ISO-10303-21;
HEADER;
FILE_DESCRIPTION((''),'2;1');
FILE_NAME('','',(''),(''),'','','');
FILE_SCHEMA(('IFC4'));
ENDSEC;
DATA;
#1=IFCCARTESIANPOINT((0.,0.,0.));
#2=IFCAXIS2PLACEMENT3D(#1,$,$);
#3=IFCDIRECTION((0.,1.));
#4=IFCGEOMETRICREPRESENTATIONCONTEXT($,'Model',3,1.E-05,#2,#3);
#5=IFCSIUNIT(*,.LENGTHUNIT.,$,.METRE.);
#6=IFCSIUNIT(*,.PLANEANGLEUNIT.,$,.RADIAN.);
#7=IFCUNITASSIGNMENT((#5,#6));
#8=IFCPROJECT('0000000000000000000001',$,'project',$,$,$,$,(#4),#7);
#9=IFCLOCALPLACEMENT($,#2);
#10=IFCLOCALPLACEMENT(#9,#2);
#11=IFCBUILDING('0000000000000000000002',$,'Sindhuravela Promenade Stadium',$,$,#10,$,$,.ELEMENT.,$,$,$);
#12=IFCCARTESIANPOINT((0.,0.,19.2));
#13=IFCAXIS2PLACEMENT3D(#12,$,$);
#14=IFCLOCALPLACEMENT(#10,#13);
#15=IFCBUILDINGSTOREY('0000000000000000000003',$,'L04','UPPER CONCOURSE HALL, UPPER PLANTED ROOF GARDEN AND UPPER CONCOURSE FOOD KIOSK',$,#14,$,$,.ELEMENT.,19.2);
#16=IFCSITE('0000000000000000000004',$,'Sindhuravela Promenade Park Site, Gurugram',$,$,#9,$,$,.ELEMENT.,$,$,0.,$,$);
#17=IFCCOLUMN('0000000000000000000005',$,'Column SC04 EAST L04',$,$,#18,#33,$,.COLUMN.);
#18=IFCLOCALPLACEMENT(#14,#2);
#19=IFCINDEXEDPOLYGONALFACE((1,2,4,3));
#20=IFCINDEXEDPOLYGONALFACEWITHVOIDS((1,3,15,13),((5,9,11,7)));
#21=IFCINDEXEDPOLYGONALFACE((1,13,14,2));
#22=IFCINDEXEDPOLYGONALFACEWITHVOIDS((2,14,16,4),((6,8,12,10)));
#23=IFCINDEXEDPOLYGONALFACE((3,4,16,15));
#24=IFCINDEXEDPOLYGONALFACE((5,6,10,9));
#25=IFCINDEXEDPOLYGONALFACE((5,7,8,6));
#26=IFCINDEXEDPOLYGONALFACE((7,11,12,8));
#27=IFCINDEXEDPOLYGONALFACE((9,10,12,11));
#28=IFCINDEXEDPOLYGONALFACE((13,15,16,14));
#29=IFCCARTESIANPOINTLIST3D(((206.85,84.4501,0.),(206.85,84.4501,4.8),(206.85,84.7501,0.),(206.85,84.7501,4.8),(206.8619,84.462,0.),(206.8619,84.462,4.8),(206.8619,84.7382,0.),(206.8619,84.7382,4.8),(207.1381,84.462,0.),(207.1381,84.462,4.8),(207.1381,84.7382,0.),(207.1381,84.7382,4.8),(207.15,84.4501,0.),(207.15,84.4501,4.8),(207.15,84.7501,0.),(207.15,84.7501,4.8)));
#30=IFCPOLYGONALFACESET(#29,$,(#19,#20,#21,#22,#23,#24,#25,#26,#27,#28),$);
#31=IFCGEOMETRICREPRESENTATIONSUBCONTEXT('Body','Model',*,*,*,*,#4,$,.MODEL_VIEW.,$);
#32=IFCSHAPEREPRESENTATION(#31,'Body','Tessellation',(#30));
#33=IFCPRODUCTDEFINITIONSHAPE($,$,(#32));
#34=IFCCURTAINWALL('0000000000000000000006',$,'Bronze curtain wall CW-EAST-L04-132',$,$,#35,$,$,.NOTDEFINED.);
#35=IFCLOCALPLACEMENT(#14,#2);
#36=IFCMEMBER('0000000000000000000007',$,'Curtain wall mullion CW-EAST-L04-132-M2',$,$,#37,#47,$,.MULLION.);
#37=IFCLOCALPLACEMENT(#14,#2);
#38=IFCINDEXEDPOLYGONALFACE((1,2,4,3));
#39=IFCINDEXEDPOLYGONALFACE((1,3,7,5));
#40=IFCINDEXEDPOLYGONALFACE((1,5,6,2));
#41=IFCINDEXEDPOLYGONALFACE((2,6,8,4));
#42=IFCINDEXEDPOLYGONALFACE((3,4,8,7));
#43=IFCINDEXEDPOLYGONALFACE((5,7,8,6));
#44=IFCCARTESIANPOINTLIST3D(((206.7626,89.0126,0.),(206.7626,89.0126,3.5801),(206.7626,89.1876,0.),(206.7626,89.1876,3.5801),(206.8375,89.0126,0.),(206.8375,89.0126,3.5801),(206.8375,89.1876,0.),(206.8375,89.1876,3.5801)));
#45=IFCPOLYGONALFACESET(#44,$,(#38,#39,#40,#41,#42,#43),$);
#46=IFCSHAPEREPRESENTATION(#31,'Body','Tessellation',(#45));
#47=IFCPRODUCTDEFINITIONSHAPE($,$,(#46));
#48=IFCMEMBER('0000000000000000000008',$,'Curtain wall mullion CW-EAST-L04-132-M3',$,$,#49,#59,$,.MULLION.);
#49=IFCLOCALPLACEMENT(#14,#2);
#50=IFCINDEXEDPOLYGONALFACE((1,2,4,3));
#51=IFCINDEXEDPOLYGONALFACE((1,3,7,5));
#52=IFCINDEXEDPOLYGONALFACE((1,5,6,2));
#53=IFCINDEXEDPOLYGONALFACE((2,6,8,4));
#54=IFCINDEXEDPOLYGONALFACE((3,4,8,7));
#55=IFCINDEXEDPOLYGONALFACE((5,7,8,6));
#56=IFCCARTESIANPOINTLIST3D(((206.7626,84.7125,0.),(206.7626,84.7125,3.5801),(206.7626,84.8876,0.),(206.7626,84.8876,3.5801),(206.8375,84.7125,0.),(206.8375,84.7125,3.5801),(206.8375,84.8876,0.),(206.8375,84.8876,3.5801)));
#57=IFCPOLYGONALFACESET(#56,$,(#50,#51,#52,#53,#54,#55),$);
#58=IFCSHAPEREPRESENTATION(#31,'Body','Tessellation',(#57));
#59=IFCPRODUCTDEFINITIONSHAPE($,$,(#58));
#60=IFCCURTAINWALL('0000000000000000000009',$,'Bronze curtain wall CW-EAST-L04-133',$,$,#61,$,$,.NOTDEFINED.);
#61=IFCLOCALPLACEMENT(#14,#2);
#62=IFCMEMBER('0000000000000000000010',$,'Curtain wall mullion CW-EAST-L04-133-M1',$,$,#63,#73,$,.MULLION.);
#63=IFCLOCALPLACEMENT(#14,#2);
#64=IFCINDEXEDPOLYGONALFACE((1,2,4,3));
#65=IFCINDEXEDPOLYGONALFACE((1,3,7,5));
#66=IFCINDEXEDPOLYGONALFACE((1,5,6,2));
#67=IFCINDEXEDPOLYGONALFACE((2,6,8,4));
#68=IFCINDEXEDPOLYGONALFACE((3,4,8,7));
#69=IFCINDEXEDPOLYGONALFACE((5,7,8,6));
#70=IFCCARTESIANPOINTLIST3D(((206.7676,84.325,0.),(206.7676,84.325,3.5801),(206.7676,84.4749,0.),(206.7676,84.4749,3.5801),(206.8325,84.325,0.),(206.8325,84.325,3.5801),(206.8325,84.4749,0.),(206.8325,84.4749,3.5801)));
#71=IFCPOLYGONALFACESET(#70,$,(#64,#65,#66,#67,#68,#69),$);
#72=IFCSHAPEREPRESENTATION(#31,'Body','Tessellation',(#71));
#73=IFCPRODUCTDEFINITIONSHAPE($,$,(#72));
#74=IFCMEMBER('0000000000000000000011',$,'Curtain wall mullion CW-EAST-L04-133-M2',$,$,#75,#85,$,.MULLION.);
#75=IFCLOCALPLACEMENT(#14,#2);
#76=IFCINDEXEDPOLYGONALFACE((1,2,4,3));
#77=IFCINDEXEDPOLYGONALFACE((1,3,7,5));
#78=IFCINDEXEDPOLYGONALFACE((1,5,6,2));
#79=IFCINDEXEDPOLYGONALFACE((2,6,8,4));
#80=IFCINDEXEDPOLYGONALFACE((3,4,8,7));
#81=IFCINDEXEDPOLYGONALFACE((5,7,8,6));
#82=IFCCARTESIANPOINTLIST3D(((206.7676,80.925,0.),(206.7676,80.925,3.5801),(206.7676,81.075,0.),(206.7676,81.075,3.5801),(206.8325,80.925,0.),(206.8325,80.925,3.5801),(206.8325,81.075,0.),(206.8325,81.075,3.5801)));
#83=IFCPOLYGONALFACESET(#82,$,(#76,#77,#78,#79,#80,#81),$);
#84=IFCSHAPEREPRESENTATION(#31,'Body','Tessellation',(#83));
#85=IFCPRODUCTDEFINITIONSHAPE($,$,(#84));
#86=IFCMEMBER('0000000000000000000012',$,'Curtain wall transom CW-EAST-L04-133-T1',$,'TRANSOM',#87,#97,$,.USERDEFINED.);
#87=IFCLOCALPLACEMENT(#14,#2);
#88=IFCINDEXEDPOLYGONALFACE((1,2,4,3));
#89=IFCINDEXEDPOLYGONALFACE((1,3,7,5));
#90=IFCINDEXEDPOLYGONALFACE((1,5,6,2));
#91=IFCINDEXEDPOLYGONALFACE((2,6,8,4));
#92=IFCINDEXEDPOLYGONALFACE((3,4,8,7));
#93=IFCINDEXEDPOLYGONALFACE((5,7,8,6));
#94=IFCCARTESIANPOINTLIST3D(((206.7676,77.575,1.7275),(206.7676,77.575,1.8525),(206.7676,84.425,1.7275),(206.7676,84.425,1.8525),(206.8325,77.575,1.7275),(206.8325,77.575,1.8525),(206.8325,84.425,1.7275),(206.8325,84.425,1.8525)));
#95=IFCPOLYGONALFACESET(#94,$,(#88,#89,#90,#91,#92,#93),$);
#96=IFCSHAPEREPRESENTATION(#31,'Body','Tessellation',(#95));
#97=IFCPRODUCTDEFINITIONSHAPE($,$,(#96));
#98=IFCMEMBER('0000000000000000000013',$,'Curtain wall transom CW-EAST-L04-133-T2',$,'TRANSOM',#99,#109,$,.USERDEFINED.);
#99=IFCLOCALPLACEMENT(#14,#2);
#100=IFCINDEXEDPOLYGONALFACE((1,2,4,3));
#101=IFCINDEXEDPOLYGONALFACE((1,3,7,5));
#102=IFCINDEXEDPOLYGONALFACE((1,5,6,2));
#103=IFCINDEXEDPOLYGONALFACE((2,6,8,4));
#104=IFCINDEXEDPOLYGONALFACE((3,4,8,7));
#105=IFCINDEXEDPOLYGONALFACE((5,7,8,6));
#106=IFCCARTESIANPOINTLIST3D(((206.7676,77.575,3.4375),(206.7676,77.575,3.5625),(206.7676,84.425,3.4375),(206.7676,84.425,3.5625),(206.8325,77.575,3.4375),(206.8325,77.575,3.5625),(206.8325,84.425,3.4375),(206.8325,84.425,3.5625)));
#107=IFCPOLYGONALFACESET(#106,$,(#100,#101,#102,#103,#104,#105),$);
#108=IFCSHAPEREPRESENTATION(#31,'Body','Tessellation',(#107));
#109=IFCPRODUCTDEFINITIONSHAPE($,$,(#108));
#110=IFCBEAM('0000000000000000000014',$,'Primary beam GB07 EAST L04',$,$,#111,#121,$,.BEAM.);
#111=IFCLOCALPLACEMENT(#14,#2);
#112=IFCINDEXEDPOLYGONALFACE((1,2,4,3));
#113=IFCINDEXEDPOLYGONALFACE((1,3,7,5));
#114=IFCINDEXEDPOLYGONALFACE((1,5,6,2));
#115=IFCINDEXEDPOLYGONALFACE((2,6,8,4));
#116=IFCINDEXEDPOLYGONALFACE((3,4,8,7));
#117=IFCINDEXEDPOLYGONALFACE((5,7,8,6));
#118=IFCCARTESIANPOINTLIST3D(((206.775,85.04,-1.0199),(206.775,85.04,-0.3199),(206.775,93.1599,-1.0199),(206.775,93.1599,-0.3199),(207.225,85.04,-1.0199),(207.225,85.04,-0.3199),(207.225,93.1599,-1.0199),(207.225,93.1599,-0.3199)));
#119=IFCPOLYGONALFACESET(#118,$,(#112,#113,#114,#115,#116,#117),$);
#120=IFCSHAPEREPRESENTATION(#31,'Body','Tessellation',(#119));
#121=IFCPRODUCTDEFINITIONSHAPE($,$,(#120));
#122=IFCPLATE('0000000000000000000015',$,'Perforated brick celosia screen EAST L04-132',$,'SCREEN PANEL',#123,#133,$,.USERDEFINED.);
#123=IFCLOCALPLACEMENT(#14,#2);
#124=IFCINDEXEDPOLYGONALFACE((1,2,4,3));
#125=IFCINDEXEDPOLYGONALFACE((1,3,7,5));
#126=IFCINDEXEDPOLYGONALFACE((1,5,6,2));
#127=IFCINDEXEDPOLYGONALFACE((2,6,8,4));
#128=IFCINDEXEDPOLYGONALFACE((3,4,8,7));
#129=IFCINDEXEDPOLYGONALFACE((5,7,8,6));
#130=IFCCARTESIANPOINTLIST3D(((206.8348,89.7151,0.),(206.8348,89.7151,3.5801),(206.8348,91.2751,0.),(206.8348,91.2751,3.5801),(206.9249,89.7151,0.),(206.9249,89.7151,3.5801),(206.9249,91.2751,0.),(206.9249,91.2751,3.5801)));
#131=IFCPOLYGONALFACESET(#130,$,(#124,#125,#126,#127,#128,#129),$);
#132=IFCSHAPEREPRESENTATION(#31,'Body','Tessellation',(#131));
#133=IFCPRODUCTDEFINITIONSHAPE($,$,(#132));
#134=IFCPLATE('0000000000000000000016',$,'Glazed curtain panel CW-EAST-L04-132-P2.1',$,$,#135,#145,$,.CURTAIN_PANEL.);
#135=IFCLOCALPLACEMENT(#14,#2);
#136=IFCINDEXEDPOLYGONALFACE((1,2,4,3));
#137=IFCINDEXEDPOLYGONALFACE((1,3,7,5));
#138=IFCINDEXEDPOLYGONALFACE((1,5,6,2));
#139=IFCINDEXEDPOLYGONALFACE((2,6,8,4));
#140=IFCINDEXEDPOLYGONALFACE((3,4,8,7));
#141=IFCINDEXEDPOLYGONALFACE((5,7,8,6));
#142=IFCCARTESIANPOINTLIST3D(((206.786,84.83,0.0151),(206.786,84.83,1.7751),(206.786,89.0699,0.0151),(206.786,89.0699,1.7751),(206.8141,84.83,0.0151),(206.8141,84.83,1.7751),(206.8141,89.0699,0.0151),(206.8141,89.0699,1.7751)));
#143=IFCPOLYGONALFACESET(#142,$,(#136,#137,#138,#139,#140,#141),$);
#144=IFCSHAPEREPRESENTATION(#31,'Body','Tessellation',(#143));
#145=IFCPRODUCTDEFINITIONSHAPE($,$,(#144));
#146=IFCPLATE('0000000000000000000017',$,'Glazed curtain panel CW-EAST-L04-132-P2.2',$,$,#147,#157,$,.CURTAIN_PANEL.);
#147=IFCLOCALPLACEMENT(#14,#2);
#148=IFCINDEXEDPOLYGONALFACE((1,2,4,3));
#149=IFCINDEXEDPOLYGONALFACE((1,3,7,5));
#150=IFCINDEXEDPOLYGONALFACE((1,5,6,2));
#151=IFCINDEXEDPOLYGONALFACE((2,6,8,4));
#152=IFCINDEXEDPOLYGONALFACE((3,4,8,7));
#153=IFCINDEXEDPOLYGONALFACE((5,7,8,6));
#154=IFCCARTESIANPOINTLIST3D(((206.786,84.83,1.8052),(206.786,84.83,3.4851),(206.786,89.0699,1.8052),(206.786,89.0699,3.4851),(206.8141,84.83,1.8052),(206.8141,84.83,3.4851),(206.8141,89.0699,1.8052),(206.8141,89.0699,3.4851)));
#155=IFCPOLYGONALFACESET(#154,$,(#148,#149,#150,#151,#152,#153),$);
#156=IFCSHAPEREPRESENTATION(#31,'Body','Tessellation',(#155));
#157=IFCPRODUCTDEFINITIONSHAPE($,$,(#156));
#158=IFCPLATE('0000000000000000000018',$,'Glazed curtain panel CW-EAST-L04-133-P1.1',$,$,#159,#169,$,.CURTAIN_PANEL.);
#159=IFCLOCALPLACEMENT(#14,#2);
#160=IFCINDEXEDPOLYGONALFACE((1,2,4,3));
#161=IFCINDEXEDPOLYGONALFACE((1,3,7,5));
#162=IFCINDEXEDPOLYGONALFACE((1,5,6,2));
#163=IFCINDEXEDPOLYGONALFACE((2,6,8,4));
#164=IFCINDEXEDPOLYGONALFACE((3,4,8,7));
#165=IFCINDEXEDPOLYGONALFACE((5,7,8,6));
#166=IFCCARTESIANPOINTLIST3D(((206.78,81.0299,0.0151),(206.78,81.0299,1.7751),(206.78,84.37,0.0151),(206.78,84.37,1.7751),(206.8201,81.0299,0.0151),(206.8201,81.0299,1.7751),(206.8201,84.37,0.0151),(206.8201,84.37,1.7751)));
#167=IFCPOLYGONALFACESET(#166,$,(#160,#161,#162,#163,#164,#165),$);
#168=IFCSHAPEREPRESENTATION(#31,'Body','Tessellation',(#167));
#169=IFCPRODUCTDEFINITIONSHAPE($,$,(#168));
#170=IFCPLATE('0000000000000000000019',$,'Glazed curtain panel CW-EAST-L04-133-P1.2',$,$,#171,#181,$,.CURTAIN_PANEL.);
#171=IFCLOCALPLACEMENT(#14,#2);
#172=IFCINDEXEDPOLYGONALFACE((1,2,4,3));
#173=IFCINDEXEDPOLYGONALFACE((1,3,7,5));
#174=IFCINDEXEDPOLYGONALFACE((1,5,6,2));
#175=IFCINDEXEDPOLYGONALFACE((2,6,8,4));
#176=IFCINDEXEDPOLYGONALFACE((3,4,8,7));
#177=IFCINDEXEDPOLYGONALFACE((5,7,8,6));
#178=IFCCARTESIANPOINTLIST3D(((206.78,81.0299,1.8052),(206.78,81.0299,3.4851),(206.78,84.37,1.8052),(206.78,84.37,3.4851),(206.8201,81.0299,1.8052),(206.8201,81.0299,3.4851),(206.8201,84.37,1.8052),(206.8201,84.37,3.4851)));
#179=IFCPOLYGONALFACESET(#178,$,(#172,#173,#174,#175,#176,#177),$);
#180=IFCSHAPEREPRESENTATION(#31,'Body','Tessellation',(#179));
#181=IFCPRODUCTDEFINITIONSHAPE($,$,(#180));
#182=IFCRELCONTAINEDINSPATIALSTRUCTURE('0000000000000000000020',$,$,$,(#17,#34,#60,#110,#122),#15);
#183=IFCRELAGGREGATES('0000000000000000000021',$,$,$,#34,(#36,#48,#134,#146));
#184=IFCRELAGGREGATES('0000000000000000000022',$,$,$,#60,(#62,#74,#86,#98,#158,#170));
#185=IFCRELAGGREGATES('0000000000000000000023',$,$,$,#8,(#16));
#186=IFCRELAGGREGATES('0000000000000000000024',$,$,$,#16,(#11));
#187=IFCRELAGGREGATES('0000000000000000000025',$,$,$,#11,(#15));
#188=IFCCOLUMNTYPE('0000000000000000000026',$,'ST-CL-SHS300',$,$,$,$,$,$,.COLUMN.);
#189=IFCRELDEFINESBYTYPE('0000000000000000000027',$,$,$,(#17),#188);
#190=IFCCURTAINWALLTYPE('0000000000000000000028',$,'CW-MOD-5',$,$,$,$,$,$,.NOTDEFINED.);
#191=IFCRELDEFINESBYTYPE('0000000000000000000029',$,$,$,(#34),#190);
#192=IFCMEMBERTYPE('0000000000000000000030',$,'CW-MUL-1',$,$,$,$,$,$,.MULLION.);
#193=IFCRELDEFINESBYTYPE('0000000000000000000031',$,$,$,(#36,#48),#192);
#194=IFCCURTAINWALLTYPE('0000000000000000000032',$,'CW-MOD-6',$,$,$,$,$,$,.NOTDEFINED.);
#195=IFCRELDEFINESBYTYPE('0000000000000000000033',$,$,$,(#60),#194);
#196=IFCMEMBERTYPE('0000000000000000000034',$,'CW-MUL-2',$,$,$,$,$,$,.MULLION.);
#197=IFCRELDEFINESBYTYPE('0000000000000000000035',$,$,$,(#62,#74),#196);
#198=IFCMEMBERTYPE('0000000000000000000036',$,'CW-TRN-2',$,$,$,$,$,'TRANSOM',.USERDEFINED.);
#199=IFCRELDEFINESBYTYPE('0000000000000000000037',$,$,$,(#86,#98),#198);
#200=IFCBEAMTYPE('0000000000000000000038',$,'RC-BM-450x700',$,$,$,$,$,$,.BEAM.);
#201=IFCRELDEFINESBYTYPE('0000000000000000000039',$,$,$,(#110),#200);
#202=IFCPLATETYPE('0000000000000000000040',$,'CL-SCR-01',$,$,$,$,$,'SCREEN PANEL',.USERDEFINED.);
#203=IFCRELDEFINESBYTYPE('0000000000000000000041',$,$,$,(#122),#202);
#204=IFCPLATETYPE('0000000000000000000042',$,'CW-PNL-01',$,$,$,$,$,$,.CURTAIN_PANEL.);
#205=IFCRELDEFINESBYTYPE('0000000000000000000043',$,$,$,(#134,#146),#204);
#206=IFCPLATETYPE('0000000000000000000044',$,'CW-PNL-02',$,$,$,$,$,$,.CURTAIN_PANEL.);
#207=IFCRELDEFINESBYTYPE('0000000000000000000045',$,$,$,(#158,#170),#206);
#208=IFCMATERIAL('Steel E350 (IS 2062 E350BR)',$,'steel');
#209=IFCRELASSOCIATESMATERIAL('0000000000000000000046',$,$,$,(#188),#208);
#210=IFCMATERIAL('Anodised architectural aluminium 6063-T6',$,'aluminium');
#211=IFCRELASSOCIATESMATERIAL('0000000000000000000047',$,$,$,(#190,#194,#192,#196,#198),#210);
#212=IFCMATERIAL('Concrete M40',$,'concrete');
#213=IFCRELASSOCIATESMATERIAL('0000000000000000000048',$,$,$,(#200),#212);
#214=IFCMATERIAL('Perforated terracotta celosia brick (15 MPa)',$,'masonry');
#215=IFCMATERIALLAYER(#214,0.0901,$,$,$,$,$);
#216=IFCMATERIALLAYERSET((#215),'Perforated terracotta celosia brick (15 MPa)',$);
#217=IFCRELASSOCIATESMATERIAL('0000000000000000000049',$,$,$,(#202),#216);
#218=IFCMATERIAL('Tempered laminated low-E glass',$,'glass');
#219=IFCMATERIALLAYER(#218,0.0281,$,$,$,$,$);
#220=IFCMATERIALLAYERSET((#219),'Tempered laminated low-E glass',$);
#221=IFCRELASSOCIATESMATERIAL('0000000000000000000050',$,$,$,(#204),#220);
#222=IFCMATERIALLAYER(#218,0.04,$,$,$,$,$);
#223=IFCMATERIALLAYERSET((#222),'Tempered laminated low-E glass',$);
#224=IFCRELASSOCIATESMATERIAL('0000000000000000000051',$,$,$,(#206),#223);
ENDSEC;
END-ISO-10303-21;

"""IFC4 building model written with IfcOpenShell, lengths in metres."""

from ifc_helpers import new_model, si_unit, direction, frame, origin, origin_2d, place, context, subcontext, project, spatial, rectangle, hollow_rectangle, extrude, material, layer, layer_set, material_profile, profile_set, type_object, element, aggregate, save


model = new_model("IFC4")

# Units and contexts
model_context = context("Model", 3, precision=1e-05, world=origin(), true_north=direction((0.0, 1.0)))
body_context = subcontext(model_context, "Body", "Model", "MODEL_VIEW")
ifc_project = project(units=[si_unit("LENGTHUNIT", "METRE"), si_unit("PLANEANGLEUNIT", "RADIAN")], contexts=[model_context])

# Site, building, storey
site_placement = place(None, origin())
site = spatial("IfcSite", under=ifc_project, at=site_placement, Name="Sindhuravela Promenade Park Site, Gurugram", CompositionType="ELEMENT", RefElevation=0.0)
building_placement = place(site_placement, origin())
building = spatial("IfcBuilding", under=site, at=building_placement, Name="Sindhuravela Promenade Stadium", CompositionType="ELEMENT")
storey_placement = place(building_placement, frame((0.0, 0.0, 19.2)))
storey = spatial("IfcBuildingStorey", under=building, at=storey_placement, Name="L04", Description="UPPER CONCOURSE HALL, UPPER PLANTED ROOF GARDEN AND UPPER CONCOURSE FOOD KIOSK", CompositionType="ELEMENT", Elevation=19.2)

# Column
ifc_material_1 = material(Name="Steel E350 (IS 2062 E350BR)", Category="steel")
ifc_material_profile_1 = material_profile(ifc_material_1, hollow_rectangle(XDim=0.3, YDim=0.3, WallThickness=0.012, at=origin_2d()), Name="SHS 300x300x12")
ifc_profile_set_1 = profile_set([ifc_material_profile_1], Name="Steel E350 (IS 2062 E350BR)")
column_type = type_object("IfcColumnType", Name="ST-CL-SHS300", PredefinedType="COLUMN", material=ifc_profile_set_1)
column_placement = place(storey_placement, frame((207.0, 84.6001, 0.0), z_axis=(0.0, 0.0, 1.0), x_axis=(1.0, 0.0, 0.0)))
element("IfcColumn", 1, at=column_placement, inside=storey, type_object=column_type, Name="Column SC04 EAST L04", PredefinedType="COLUMN", context=body_context, shape_type="SweptSolid", body=[
    extrude(hollow_rectangle(XDim=0.3, YDim=0.3, WallThickness=0.012, at=origin_2d()), origin(), (0.0, 0.0, 1.0), 4.8),
])

# Curtain walls, members
ifc_material_2 = material(Name="Anodised architectural aluminium 6063-T6", Category="aluminium")
curtain_wall_type_1 = type_object("IfcCurtainWallType", Name="CW-MOD-5", PredefinedType="NOTDEFINED", material=ifc_material_2)
curtain_wall_1_placement = place(storey_placement, origin())
curtain_wall_1 = element("IfcCurtainWall", 2, at=curtain_wall_1_placement, inside=storey, type_object=curtain_wall_type_1, Name="Bronze curtain wall CW-EAST-L04-132", PredefinedType="NOTDEFINED")
ifc_material_profile_2 = material_profile(ifc_material_2, rectangle(XDim=0.075, YDim=0.175, at=origin_2d()), Name="ALU MULL 75x175")
ifc_profile_set_2 = profile_set([ifc_material_profile_2], Name="Anodised architectural aluminium 6063-T6")
member_type_1 = type_object("IfcMemberType", Name="CW-MUL-1", PredefinedType="MULLION", material=ifc_profile_set_2)
member_1_placement = place(storey_placement, frame((206.8, 89.1001, 0.0), z_axis=(0.0, 0.0, 1.0), x_axis=(1.0, 0.0, 0.0)))
member_1 = element("IfcMember", 3, at=member_1_placement, type_object=member_type_1, Name="Curtain wall mullion CW-EAST-L04-132-M2", PredefinedType="MULLION", context=body_context, shape_type="SweptSolid", body=[
    extrude(rectangle(XDim=0.075, YDim=0.175, at=origin_2d()), origin(), (0.0, 0.0, 1.0), 3.5801),
])
member_2_placement = place(storey_placement, frame((206.8, 84.8, 0.0), z_axis=(0.0, 0.0, 1.0), x_axis=(1.0, 0.0, 0.0)))
member_2 = element("IfcMember", 4, at=member_2_placement, type_object=member_type_1, Name="Curtain wall mullion CW-EAST-L04-132-M3", PredefinedType="MULLION", context=body_context, shape_type="SweptSolid", body=[
    extrude(rectangle(XDim=0.075, YDim=0.175, at=origin_2d()), origin(), (0.0, 0.0, 1.0), 3.5801),
])
curtain_wall_type_2 = type_object("IfcCurtainWallType", Name="CW-MOD-6", PredefinedType="NOTDEFINED", material=ifc_material_2)
curtain_wall_2_placement = place(storey_placement, origin())
curtain_wall_2 = element("IfcCurtainWall", 5, at=curtain_wall_2_placement, inside=storey, type_object=curtain_wall_type_2, Name="Bronze curtain wall CW-EAST-L04-133", PredefinedType="NOTDEFINED")
ifc_material_profile_3 = material_profile(ifc_material_2, rectangle(XDim=0.0649, YDim=0.1499, at=origin_2d()), Name="ALU MULL 65x150")
ifc_profile_set_3 = profile_set([ifc_material_profile_3], Name="Anodised architectural aluminium 6063-T6")
member_type_2 = type_object("IfcMemberType", Name="CW-MUL-2", PredefinedType="MULLION", material=ifc_profile_set_3)
member_3_placement = place(storey_placement, frame((206.8, 84.3999, 0.0), z_axis=(0.0, 0.0, 1.0), x_axis=(1.0, 0.0, 0.0)))
member_3 = element("IfcMember", 6, at=member_3_placement, type_object=member_type_2, Name="Curtain wall mullion CW-EAST-L04-133-M1", PredefinedType="MULLION", context=body_context, shape_type="SweptSolid", body=[
    extrude(rectangle(XDim=0.0649, YDim=0.1499, at=origin_2d()), origin(), (0.0, 0.0, 1.0), 3.5801),
])
member_4_placement = place(storey_placement, frame((206.8, 81.0, 0.0), z_axis=(0.0, 0.0, 1.0), x_axis=(1.0, 0.0, 0.0)))
member_4 = element("IfcMember", 7, at=member_4_placement, type_object=member_type_2, Name="Curtain wall mullion CW-EAST-L04-133-M2", PredefinedType="MULLION", context=body_context, shape_type="SweptSolid", body=[
    extrude(rectangle(XDim=0.0649, YDim=0.1499, at=origin_2d()), origin(), (0.0, 0.0, 1.0), 3.5801),
])
ifc_material_profile_4 = material_profile(ifc_material_2, rectangle(XDim=0.0649, YDim=0.125, at=origin_2d()), Name="ALU TRAN 65x125")
ifc_profile_set_4 = profile_set([ifc_material_profile_4], Name="Anodised architectural aluminium 6063-T6")
member_type_3 = type_object("IfcMemberType", Name="CW-TRN-2", ElementType="TRANSOM", PredefinedType="USERDEFINED", material=ifc_profile_set_4)
member_5_placement = place(storey_placement, frame((206.8, 84.425, 1.79), z_axis=(0.0, -1.0, 0.0), x_axis=(1.0, 0.0, 0.0)))
member_5 = element("IfcMember", 8, at=member_5_placement, type_object=member_type_3, Name="Curtain wall transom CW-EAST-L04-133-T1", ObjectType="TRANSOM", PredefinedType="USERDEFINED", context=body_context, shape_type="SweptSolid", body=[
    extrude(rectangle(XDim=0.0649, YDim=0.125, at=origin_2d()), origin(), (0.0, 0.0, 1.0), 6.8501),
])
member_6_placement = place(storey_placement, frame((206.8, 84.425, 3.5), z_axis=(0.0, -1.0, 0.0), x_axis=(1.0, 0.0, 0.0)))
member_6 = element("IfcMember", 9, at=member_6_placement, type_object=member_type_3, Name="Curtain wall transom CW-EAST-L04-133-T2", ObjectType="TRANSOM", PredefinedType="USERDEFINED", context=body_context, shape_type="SweptSolid", body=[
    extrude(rectangle(XDim=0.0649, YDim=0.125, at=origin_2d()), origin(), (0.0, 0.0, 1.0), 6.8501),
])

# Beam
ifc_material_3 = material(Name="Concrete M40", Category="concrete")
ifc_material_profile_5 = material_profile(ifc_material_3, rectangle(XDim=0.45, YDim=0.7, at=origin_2d()), Name="RC 450x700")
ifc_profile_set_5 = profile_set([ifc_material_profile_5], Name="Concrete M40")
beam_type = type_object("IfcBeamType", Name="RC-BM-450x700", PredefinedType="BEAM", material=ifc_profile_set_5)
beam_placement = place(storey_placement, frame((207.0, 85.04, -0.6699), z_axis=(0.0, 1.0, 0.0), x_axis=(-1.0, 0.0, 0.0)))
element("IfcBeam", 10, at=beam_placement, inside=storey, type_object=beam_type, Name="Primary beam GB07 EAST L04", PredefinedType="BEAM", context=body_context, shape_type="SweptSolid", body=[
    extrude(rectangle(XDim=0.45, YDim=0.7, at=origin_2d()), origin(), (0.0, 0.0, 1.0), 8.1199),
])

# Plates
ifc_material_4 = material(Name="Perforated terracotta celosia brick (15 MPa)", Category="masonry")
ifc_layer_1 = layer(ifc_material_4, 0.0901)
ifc_layer_set_1 = layer_set([ifc_layer_1], Name="Perforated terracotta celosia brick (15 MPa)")
plate_type_1 = type_object("IfcPlateType", Name="CL-SCR-01", ElementType="SCREEN PANEL", PredefinedType="USERDEFINED", material=ifc_layer_set_1)
plate_1_placement = place(storey_placement, frame((206.8799, 90.4951, 0.0), z_axis=(0.0, 0.0, 1.0), x_axis=(0.0, -1.0, 0.0)))
element("IfcPlate", 11, at=plate_1_placement, inside=storey, type_object=plate_type_1, Name="Perforated brick celosia screen EAST L04-132", ObjectType="SCREEN PANEL", PredefinedType="USERDEFINED", context=body_context, shape_type="SweptSolid", body=[
    extrude(rectangle(XDim=1.5601, YDim=0.0901, at=origin_2d()), origin(), (0.0, 0.0, 1.0), 3.5801),
])
ifc_material_5 = material(Name="Tempered laminated low-E glass", Category="glass")
ifc_layer_2 = layer(ifc_material_5, 0.0281)
ifc_layer_set_2 = layer_set([ifc_layer_2], Name="Tempered laminated low-E glass")
plate_type_2 = type_object("IfcPlateType", Name="CW-PNL-01", PredefinedType="CURTAIN_PANEL", material=ifc_layer_set_2)
plate_2_placement = place(storey_placement, frame((206.8, 86.95, 0.0151), z_axis=(0.0, 0.0, 1.0), x_axis=(0.0, -1.0, 0.0)))
plate_2 = element("IfcPlate", 12, at=plate_2_placement, type_object=plate_type_2, Name="Glazed curtain panel CW-EAST-L04-132-P2.1", PredefinedType="CURTAIN_PANEL", context=body_context, shape_type="SweptSolid", body=[
    extrude(rectangle(XDim=4.24, YDim=0.0281, at=origin_2d()), origin(), (0.0, 0.0, 1.0), 1.76),
])
plate_3_placement = place(storey_placement, frame((206.8, 86.95, 1.8052), z_axis=(0.0, 0.0, 1.0), x_axis=(0.0, -1.0, 0.0)))
plate_3 = element("IfcPlate", 13, at=plate_3_placement, type_object=plate_type_2, Name="Glazed curtain panel CW-EAST-L04-132-P2.2", PredefinedType="CURTAIN_PANEL", context=body_context, shape_type="SweptSolid", body=[
    extrude(rectangle(XDim=4.24, YDim=0.0281, at=origin_2d()), origin(), (0.0, 0.0, 1.0), 1.6799),
])
aggregate(curtain_wall_1, [member_1, member_2, plate_2, plate_3])
ifc_layer_3 = layer(ifc_material_5, 0.04)
ifc_layer_set_3 = layer_set([ifc_layer_3], Name="Tempered laminated low-E glass")
plate_type_3 = type_object("IfcPlateType", Name="CW-PNL-02", PredefinedType="CURTAIN_PANEL", material=ifc_layer_set_3)
plate_4_placement = place(storey_placement, frame((206.8, 82.7, 0.0151), z_axis=(0.0, 0.0, 1.0), x_axis=(0.0, -1.0, 0.0)))
plate_4 = element("IfcPlate", 14, at=plate_4_placement, type_object=plate_type_3, Name="Glazed curtain panel CW-EAST-L04-133-P1.1", PredefinedType="CURTAIN_PANEL", context=body_context, shape_type="SweptSolid", body=[
    extrude(rectangle(XDim=3.3401, YDim=0.04, at=origin_2d()), origin(), (0.0, 0.0, 1.0), 1.76),
])
plate_5_placement = place(storey_placement, frame((206.8, 82.7, 1.8052), z_axis=(0.0, 0.0, 1.0), x_axis=(0.0, -1.0, 0.0)))
plate_5 = element("IfcPlate", 15, at=plate_5_placement, type_object=plate_type_3, Name="Glazed curtain panel CW-EAST-L04-133-P1.2", PredefinedType="CURTAIN_PANEL", context=body_context, shape_type="SweptSolid", body=[
    extrude(rectangle(XDim=3.3401, YDim=0.04, at=origin_2d()), origin(), (0.0, 0.0, 1.0), 1.6799),
])
aggregate(curtain_wall_2, [member_3, member_4, member_5, member_6, plate_4, plate_5])

save(model, "model.ifc")
